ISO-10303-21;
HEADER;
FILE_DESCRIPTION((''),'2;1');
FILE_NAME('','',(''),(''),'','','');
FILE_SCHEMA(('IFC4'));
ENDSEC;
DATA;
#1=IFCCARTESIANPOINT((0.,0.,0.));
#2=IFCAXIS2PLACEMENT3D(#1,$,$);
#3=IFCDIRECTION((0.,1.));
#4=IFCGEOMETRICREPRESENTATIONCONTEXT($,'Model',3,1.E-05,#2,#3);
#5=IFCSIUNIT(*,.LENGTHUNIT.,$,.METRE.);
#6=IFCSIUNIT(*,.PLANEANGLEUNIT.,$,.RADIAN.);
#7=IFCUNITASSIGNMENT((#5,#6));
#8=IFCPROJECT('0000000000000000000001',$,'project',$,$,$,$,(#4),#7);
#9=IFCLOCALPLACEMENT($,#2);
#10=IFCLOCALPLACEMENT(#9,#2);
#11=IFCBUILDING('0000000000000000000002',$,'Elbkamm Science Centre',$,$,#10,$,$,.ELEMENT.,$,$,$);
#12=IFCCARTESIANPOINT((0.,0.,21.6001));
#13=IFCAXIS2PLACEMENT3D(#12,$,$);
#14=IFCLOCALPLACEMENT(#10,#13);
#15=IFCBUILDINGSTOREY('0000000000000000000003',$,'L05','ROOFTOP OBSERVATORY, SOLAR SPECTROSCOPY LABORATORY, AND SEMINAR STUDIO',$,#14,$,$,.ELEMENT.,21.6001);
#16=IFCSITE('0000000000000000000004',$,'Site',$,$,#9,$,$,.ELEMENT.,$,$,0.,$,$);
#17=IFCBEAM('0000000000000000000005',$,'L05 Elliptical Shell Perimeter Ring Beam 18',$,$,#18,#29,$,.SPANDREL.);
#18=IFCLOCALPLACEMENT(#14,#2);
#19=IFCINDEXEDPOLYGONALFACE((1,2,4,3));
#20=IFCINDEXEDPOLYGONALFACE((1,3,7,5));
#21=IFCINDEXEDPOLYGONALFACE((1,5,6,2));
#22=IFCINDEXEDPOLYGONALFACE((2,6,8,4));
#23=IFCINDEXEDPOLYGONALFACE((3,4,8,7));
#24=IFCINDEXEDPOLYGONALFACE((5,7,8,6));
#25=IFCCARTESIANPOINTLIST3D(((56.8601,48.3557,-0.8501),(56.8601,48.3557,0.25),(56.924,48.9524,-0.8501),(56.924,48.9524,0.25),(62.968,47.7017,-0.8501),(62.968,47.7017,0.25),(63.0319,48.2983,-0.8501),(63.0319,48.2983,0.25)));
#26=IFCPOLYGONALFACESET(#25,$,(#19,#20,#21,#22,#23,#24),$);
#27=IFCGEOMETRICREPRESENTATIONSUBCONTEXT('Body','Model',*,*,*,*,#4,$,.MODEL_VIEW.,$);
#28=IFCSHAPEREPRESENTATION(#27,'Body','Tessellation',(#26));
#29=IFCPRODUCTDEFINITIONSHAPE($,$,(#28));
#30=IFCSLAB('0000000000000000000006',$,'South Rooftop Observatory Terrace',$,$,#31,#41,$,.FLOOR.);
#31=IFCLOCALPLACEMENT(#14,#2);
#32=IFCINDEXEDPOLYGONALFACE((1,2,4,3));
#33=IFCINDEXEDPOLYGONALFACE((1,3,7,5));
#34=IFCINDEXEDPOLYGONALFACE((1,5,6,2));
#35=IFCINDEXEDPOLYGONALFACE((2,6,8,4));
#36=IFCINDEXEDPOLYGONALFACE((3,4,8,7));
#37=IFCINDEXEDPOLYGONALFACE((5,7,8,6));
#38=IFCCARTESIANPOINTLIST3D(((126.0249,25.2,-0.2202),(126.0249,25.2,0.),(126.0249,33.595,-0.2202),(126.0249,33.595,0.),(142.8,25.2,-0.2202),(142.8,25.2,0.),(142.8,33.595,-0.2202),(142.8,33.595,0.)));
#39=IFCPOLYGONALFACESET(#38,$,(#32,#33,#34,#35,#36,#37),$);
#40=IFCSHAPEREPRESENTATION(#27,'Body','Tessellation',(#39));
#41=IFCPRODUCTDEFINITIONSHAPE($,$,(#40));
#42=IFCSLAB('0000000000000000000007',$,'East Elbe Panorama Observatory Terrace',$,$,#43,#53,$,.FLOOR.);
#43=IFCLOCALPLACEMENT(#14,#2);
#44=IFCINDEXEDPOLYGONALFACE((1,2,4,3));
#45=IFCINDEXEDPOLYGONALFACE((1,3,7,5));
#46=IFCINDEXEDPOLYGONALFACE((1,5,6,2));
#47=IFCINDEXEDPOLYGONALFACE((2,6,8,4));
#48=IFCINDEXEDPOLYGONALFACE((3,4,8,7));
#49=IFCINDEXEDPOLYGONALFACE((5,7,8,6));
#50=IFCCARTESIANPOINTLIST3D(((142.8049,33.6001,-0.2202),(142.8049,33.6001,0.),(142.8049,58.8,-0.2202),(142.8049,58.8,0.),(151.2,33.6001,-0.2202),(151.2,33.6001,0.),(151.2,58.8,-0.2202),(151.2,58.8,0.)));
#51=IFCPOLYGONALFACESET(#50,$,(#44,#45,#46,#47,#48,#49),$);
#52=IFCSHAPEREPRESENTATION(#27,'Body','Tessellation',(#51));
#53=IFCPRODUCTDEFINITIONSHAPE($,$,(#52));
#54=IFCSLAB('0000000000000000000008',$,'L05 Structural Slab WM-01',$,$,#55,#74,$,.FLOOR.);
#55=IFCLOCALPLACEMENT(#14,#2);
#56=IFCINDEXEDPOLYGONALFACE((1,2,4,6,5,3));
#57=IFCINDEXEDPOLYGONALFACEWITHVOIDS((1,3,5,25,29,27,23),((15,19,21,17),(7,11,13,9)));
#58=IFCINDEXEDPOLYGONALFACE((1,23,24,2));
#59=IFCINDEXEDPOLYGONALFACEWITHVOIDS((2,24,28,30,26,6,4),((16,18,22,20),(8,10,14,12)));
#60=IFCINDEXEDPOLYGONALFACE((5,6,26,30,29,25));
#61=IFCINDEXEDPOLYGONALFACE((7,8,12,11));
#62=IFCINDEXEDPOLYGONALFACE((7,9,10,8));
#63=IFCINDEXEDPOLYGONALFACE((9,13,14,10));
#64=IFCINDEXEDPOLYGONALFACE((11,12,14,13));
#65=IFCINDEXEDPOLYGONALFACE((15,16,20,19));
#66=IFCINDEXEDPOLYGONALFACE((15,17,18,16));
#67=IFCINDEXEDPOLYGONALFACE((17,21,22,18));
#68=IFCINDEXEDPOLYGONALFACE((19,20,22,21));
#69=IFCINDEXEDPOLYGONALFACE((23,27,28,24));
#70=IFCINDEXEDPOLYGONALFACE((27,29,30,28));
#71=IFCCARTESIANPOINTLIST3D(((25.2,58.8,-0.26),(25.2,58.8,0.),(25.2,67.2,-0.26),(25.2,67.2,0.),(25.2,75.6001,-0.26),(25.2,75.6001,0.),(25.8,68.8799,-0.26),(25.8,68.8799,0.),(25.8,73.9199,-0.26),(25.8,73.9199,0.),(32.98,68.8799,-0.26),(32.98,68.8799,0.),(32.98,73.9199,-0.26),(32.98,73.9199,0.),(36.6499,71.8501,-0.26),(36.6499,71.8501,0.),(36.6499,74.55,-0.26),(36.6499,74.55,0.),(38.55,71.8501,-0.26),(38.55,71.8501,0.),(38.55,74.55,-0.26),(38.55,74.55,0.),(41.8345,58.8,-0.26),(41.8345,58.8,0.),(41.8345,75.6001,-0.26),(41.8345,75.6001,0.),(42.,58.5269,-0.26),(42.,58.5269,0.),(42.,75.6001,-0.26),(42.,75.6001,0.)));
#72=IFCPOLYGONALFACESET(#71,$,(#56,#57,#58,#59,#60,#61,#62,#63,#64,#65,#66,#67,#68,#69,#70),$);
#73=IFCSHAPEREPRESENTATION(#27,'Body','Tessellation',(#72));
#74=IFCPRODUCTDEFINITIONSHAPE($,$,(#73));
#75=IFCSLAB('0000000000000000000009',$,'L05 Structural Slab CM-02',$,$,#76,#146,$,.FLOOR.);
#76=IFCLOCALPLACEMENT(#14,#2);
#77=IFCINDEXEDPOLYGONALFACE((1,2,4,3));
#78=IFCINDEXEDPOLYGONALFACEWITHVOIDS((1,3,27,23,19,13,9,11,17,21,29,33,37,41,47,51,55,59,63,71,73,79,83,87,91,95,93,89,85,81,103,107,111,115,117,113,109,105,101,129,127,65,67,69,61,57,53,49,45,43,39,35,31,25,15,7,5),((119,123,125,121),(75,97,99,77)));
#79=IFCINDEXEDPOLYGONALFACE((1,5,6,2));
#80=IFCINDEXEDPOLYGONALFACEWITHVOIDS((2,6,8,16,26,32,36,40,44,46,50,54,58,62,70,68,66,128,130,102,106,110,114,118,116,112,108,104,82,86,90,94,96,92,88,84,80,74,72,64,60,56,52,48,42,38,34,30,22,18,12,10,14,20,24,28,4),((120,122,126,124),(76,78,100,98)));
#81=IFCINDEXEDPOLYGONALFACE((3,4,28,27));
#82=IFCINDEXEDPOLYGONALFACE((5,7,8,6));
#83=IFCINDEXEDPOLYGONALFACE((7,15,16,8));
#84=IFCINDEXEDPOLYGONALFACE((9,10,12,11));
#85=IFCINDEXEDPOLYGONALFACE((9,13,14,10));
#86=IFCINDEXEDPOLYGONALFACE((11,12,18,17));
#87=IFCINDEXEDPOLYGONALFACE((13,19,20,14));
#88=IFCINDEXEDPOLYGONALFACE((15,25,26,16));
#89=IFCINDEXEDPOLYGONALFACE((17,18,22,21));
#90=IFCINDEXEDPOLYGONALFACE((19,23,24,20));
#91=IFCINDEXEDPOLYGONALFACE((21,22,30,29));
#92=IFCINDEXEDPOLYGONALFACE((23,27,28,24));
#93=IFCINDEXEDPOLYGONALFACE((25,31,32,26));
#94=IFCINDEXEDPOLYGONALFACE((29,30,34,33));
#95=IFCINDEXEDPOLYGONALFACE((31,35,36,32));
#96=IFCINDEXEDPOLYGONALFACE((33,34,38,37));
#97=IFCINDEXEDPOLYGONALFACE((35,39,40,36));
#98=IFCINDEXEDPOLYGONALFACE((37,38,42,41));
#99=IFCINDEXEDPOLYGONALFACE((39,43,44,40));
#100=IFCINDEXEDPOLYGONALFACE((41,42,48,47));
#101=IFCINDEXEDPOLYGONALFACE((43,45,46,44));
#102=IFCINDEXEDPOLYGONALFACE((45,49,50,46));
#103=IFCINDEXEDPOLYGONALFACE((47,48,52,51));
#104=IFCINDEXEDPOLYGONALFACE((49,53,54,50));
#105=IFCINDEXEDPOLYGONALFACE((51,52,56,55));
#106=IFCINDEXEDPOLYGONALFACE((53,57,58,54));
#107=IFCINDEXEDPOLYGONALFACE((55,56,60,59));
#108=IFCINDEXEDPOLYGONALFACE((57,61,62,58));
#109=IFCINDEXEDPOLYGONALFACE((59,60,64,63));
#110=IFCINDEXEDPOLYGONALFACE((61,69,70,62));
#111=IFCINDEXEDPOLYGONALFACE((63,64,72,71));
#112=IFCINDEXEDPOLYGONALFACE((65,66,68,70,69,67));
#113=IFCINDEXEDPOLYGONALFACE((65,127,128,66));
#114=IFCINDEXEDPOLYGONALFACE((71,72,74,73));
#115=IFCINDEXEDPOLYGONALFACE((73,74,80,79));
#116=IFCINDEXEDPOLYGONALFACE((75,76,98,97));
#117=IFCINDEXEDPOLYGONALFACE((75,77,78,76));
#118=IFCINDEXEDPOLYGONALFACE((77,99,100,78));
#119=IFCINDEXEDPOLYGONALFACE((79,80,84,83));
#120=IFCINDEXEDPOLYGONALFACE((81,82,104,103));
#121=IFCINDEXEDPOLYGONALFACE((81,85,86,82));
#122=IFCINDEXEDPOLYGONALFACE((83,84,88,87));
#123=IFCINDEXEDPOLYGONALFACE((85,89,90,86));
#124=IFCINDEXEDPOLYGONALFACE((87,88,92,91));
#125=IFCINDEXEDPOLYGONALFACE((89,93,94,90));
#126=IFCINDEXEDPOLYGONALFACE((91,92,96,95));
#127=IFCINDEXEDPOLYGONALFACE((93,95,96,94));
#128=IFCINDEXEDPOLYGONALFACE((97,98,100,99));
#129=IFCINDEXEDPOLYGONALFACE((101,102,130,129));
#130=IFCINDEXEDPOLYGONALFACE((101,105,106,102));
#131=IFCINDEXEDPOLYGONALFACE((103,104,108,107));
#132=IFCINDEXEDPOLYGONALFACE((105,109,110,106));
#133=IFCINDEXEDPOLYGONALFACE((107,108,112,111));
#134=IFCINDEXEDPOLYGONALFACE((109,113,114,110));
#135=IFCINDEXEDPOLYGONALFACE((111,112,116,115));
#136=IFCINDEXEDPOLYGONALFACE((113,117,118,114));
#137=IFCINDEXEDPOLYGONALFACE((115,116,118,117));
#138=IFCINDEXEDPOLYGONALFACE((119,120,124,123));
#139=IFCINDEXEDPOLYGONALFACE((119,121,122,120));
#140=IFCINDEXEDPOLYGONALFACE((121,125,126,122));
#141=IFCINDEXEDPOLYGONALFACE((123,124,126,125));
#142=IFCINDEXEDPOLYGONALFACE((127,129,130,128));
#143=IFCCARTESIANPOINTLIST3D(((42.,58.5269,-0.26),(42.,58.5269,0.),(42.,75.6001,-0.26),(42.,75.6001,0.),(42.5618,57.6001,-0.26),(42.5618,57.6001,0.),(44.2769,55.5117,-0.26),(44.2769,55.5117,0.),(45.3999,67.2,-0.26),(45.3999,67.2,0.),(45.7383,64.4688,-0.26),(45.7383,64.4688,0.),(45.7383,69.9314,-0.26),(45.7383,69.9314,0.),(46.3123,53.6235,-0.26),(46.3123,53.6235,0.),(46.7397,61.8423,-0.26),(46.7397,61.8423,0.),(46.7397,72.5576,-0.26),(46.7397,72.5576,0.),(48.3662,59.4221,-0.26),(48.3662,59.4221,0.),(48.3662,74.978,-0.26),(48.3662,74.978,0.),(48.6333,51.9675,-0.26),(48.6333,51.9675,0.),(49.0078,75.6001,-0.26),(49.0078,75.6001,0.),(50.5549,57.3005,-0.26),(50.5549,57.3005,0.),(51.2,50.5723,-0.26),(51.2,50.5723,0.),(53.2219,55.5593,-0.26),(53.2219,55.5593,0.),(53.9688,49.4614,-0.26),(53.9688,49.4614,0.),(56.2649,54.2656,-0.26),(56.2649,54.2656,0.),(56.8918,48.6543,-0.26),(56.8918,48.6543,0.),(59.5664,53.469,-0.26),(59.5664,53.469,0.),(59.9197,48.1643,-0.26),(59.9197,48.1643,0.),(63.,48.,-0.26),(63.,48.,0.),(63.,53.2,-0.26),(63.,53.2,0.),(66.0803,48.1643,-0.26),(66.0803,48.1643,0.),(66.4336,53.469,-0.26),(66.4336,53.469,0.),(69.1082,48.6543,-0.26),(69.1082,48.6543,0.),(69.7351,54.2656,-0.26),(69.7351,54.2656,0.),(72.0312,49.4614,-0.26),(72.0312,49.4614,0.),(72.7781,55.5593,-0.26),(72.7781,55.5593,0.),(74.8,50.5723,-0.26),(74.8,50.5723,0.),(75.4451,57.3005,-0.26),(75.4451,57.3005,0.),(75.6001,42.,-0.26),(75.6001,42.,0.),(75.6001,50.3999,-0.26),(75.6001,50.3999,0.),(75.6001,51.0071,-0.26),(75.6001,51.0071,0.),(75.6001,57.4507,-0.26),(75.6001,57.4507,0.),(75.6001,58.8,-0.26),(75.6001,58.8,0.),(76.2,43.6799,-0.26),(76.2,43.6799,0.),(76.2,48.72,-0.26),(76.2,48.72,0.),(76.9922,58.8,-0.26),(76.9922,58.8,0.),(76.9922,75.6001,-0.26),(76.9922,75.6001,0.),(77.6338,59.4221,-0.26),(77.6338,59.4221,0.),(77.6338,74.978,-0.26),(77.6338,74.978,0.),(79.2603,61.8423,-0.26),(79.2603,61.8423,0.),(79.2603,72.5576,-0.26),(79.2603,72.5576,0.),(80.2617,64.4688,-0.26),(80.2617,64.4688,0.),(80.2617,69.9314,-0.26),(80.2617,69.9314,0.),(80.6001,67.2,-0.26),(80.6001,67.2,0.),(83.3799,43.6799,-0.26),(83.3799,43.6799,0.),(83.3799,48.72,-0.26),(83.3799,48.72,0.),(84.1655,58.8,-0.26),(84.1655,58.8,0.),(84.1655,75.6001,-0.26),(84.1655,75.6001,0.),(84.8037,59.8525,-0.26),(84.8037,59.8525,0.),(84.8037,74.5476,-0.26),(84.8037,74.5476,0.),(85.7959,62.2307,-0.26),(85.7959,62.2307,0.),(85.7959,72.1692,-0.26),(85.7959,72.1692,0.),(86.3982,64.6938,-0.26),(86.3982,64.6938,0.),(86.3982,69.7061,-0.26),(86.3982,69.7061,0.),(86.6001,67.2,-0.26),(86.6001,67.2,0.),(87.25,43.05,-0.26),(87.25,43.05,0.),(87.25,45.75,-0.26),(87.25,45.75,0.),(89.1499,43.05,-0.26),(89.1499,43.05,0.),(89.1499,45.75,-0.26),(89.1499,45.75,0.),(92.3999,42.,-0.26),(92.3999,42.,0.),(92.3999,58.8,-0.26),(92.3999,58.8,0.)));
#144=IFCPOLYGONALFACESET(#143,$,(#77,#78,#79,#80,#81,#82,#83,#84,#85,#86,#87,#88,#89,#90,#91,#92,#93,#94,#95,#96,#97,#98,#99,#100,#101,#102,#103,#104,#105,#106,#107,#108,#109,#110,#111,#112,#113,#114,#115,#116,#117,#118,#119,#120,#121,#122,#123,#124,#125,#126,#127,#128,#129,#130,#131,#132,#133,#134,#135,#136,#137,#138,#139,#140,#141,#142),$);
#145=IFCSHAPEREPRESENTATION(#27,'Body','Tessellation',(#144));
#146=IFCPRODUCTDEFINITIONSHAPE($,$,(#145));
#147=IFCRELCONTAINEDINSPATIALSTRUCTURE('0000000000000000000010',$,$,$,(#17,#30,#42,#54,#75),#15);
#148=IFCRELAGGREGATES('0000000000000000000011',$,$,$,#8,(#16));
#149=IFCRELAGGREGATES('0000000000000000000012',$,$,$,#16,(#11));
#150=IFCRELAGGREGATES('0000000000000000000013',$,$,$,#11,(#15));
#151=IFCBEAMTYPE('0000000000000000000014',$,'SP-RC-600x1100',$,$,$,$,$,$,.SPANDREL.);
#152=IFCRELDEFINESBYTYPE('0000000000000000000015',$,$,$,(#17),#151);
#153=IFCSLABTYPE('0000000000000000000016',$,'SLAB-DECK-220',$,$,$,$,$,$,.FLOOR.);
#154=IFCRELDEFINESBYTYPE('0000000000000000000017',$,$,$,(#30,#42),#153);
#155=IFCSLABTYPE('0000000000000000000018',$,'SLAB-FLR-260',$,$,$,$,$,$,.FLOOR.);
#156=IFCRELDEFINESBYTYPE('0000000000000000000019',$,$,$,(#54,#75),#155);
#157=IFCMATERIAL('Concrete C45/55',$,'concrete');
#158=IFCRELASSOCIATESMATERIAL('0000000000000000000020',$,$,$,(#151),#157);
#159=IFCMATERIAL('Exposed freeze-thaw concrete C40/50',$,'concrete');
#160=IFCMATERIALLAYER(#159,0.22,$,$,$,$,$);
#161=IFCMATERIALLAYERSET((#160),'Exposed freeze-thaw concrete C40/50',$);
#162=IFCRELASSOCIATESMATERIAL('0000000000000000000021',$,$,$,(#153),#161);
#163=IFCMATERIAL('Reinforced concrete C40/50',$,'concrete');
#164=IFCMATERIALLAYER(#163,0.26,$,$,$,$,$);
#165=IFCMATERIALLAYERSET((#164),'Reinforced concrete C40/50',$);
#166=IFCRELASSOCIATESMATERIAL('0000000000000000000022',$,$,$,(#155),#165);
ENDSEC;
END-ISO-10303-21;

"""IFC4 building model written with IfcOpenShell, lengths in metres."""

from ifc_helpers import new_model, si_unit, direction, frame, origin, origin_2d, place, context, subcontext, project, spatial, polyline, rectangle, outline, extrude, material, layer, layer_set, material_profile, profile_set, type_object, element, save


model = new_model("IFC4")

# Units and contexts
model_context = context("Model", 3, precision=1e-05, world=origin(), true_north=direction((0.0, 1.0)))
body_context = subcontext(model_context, "Body", "Model", "MODEL_VIEW")
ifc_project = project(units=[si_unit("LENGTHUNIT", "METRE"), si_unit("PLANEANGLEUNIT", "RADIAN")], contexts=[model_context])

# Site, building, storey
site_placement = place(None, origin())
site = spatial("IfcSite", under=ifc_project, at=site_placement, Name="Site", CompositionType="ELEMENT", RefElevation=0.0)
building_placement = place(site_placement, origin())
building = spatial("IfcBuilding", under=site, at=building_placement, Name="Elbkamm Science Centre", CompositionType="ELEMENT")
storey_placement = place(building_placement, frame((0.0, 0.0, 21.6001)))
storey = spatial("IfcBuildingStorey", under=building, at=storey_placement, Name="L05", Description="ROOFTOP OBSERVATORY, SOLAR SPECTROSCOPY LABORATORY, AND SEMINAR STUDIO", CompositionType="ELEMENT", Elevation=21.6001)

# Beam
ifc_material_1 = material(Name="Concrete C45/55", Category="concrete")
ifc_material_profile = material_profile(ifc_material_1, rectangle(XDim=0.6001, YDim=1.1001, at=origin_2d()), Name="RC 600x1100")
ifc_profile_set = profile_set([ifc_material_profile], Name="Concrete C45/55")
beam_type = type_object("IfcBeamType", Name="SP-RC-600x1100", PredefinedType="SPANDREL", material=ifc_profile_set)
beam_placement = place(storey_placement, frame((56.8921, 48.6541, -0.3), z_axis=(0.994315, -0.106474, 0.0), x_axis=(0.106474, 0.994315, 0.0)))
element("IfcBeam", 1, at=beam_placement, inside=storey, type_object=beam_type, Name="L05 Elliptical Shell Perimeter Ring Beam 18", PredefinedType="SPANDREL", context=body_context, shape_type="SweptSolid", body=[
    extrude(rectangle(XDim=0.6001, YDim=1.1001, at=origin_2d()), origin(), (0.0, 0.0, 1.0), 6.1428),
])

# Slabs
ifc_material_2 = material(Name="Exposed freeze-thaw concrete C40/50", Category="concrete")
ifc_layer_1 = layer(ifc_material_2, 0.22)
ifc_layer_set_1 = layer_set([ifc_layer_1], Name="Exposed freeze-thaw concrete C40/50")
slab_type_1 = type_object("IfcSlabType", Name="SLAB-DECK-220", PredefinedType="FLOOR", material=ifc_layer_set_1)
slab_1_placement = place(storey_placement, frame((0.0, 0.0, -0.2202)))
element("IfcSlab", 2, at=slab_1_placement, inside=storey, type_object=slab_type_1, Name="South Rooftop Observatory Terrace", PredefinedType="FLOOR", context=body_context, shape_type="SweptSolid", body=[
    extrude(outline(polyline([(126.0249, 25.2), (126.0249, 33.595), (142.8, 33.595), (142.8, 25.2), (126.0249, 25.2)])), origin(), (0.0, 0.0, 1.0), 0.2202),
])
slab_2_placement = place(storey_placement, frame((0.0, 0.0, -0.2202)))
element("IfcSlab", 3, at=slab_2_placement, inside=storey, type_object=slab_type_1, Name="East Elbe Panorama Observatory Terrace", PredefinedType="FLOOR", context=body_context, shape_type="SweptSolid", body=[
    extrude(outline(polyline([(151.2, 33.6001), (142.8049, 33.6001), (142.8049, 58.8), (151.2, 58.8), (151.2, 33.6001)])), origin(), (0.0, 0.0, 1.0), 0.2202),
])
ifc_material_3 = material(Name="Reinforced concrete C40/50", Category="concrete")
ifc_layer_2 = layer(ifc_material_3, 0.26)
ifc_layer_set_2 = layer_set([ifc_layer_2], Name="Reinforced concrete C40/50")
slab_type_2 = type_object("IfcSlabType", Name="SLAB-FLR-260", PredefinedType="FLOOR", material=ifc_layer_set_2)
slab_3_placement = place(storey_placement, frame((0.0, 0.0, -0.26)))
element("IfcSlab", 4, at=slab_3_placement, inside=storey, type_object=slab_type_2, Name="L05 Structural Slab WM-01", PredefinedType="FLOOR", context=body_context, shape_type="SweptSolid", body=[
    extrude(outline(polyline([(41.8345, 58.8), (25.2, 58.8), (25.2, 67.2), (25.2, 75.6001), (41.8345, 75.6001), (42.0, 75.6001), (42.0, 58.5269), (41.8345, 58.8)]), holes=[polyline([(32.98, 68.8799), (32.98, 73.9199), (25.8, 73.9199), (25.8, 68.8799), (32.98, 68.8799)]), polyline([(38.55, 71.8501), (38.55, 74.55), (36.6499, 74.55), (36.6499, 71.8501), (38.55, 71.8501)])]), origin(), (0.0, 0.0, 1.0), 0.26),
])
slab_4_placement = place(storey_placement, frame((0.0, 0.0, -0.26)))
element("IfcSlab", 5, at=slab_4_placement, inside=storey, type_object=slab_type_2, Name="L05 Structural Slab CM-02", PredefinedType="FLOOR", context=body_context, shape_type="SweptSolid", body=[
    extrude(outline(polyline([(51.2, 50.5723), (48.6333, 51.9675), (46.3123, 53.6235), (44.2769, 55.5117), (42.5618, 57.6001), (42.0, 58.5269), (42.0, 75.6001), (49.0078, 75.6001), (48.3662, 74.978), (46.7397, 72.5576), (45.7383, 69.9314), (45.3999, 67.2), (45.7383, 64.4688), (46.7397, 61.8423), (48.3662, 59.4221), (50.5549, 57.3005), (53.2219, 55.5593), (56.2649, 54.2656), (59.5664, 53.469), (63.0, 53.2), (66.4336, 53.469), (69.7351, 54.2656), (72.7781, 55.5593), (75.4451, 57.3005), (75.6001, 57.4507), (75.6001, 58.8), (76.9922, 58.8), (77.6338, 59.4221), (79.2603, 61.8423), (80.2617, 64.4688), (80.6001, 67.2), (80.2617, 69.9314), (79.2603, 72.5576), (77.6338, 74.978), (76.9922, 75.6001), (84.1655, 75.6001), (84.8037, 74.5476), (85.7959, 72.1692), (86.3982, 69.7061), (86.6001, 67.2), (86.3982, 64.6938), (85.7959, 62.2307), (84.8037, 59.8525), (84.1655, 58.8), (92.3999, 58.8), (92.3999, 42.0), (75.6001, 42.0), (75.6001, 50.3999), (75.6001, 51.0071), (74.8, 50.5723), (72.0312, 49.4614), (69.1082, 48.6543), (66.0803, 48.1643), (63.0, 48.0), (59.9197, 48.1643), (56.8918, 48.6543), (53.9688, 49.4614), (51.2, 50.5723)]), holes=[polyline([(76.2, 48.72), (76.2, 43.6799), (83.3799, 43.6799), (83.3799, 48.72), (76.2, 48.72)]), polyline([(87.25, 45.75), (87.25, 43.05), (89.1499, 43.05), (89.1499, 45.75), (87.25, 45.75)])]), origin(), (0.0, 0.0, 1.0), 0.26),
])

save(model, "model.ifc")
